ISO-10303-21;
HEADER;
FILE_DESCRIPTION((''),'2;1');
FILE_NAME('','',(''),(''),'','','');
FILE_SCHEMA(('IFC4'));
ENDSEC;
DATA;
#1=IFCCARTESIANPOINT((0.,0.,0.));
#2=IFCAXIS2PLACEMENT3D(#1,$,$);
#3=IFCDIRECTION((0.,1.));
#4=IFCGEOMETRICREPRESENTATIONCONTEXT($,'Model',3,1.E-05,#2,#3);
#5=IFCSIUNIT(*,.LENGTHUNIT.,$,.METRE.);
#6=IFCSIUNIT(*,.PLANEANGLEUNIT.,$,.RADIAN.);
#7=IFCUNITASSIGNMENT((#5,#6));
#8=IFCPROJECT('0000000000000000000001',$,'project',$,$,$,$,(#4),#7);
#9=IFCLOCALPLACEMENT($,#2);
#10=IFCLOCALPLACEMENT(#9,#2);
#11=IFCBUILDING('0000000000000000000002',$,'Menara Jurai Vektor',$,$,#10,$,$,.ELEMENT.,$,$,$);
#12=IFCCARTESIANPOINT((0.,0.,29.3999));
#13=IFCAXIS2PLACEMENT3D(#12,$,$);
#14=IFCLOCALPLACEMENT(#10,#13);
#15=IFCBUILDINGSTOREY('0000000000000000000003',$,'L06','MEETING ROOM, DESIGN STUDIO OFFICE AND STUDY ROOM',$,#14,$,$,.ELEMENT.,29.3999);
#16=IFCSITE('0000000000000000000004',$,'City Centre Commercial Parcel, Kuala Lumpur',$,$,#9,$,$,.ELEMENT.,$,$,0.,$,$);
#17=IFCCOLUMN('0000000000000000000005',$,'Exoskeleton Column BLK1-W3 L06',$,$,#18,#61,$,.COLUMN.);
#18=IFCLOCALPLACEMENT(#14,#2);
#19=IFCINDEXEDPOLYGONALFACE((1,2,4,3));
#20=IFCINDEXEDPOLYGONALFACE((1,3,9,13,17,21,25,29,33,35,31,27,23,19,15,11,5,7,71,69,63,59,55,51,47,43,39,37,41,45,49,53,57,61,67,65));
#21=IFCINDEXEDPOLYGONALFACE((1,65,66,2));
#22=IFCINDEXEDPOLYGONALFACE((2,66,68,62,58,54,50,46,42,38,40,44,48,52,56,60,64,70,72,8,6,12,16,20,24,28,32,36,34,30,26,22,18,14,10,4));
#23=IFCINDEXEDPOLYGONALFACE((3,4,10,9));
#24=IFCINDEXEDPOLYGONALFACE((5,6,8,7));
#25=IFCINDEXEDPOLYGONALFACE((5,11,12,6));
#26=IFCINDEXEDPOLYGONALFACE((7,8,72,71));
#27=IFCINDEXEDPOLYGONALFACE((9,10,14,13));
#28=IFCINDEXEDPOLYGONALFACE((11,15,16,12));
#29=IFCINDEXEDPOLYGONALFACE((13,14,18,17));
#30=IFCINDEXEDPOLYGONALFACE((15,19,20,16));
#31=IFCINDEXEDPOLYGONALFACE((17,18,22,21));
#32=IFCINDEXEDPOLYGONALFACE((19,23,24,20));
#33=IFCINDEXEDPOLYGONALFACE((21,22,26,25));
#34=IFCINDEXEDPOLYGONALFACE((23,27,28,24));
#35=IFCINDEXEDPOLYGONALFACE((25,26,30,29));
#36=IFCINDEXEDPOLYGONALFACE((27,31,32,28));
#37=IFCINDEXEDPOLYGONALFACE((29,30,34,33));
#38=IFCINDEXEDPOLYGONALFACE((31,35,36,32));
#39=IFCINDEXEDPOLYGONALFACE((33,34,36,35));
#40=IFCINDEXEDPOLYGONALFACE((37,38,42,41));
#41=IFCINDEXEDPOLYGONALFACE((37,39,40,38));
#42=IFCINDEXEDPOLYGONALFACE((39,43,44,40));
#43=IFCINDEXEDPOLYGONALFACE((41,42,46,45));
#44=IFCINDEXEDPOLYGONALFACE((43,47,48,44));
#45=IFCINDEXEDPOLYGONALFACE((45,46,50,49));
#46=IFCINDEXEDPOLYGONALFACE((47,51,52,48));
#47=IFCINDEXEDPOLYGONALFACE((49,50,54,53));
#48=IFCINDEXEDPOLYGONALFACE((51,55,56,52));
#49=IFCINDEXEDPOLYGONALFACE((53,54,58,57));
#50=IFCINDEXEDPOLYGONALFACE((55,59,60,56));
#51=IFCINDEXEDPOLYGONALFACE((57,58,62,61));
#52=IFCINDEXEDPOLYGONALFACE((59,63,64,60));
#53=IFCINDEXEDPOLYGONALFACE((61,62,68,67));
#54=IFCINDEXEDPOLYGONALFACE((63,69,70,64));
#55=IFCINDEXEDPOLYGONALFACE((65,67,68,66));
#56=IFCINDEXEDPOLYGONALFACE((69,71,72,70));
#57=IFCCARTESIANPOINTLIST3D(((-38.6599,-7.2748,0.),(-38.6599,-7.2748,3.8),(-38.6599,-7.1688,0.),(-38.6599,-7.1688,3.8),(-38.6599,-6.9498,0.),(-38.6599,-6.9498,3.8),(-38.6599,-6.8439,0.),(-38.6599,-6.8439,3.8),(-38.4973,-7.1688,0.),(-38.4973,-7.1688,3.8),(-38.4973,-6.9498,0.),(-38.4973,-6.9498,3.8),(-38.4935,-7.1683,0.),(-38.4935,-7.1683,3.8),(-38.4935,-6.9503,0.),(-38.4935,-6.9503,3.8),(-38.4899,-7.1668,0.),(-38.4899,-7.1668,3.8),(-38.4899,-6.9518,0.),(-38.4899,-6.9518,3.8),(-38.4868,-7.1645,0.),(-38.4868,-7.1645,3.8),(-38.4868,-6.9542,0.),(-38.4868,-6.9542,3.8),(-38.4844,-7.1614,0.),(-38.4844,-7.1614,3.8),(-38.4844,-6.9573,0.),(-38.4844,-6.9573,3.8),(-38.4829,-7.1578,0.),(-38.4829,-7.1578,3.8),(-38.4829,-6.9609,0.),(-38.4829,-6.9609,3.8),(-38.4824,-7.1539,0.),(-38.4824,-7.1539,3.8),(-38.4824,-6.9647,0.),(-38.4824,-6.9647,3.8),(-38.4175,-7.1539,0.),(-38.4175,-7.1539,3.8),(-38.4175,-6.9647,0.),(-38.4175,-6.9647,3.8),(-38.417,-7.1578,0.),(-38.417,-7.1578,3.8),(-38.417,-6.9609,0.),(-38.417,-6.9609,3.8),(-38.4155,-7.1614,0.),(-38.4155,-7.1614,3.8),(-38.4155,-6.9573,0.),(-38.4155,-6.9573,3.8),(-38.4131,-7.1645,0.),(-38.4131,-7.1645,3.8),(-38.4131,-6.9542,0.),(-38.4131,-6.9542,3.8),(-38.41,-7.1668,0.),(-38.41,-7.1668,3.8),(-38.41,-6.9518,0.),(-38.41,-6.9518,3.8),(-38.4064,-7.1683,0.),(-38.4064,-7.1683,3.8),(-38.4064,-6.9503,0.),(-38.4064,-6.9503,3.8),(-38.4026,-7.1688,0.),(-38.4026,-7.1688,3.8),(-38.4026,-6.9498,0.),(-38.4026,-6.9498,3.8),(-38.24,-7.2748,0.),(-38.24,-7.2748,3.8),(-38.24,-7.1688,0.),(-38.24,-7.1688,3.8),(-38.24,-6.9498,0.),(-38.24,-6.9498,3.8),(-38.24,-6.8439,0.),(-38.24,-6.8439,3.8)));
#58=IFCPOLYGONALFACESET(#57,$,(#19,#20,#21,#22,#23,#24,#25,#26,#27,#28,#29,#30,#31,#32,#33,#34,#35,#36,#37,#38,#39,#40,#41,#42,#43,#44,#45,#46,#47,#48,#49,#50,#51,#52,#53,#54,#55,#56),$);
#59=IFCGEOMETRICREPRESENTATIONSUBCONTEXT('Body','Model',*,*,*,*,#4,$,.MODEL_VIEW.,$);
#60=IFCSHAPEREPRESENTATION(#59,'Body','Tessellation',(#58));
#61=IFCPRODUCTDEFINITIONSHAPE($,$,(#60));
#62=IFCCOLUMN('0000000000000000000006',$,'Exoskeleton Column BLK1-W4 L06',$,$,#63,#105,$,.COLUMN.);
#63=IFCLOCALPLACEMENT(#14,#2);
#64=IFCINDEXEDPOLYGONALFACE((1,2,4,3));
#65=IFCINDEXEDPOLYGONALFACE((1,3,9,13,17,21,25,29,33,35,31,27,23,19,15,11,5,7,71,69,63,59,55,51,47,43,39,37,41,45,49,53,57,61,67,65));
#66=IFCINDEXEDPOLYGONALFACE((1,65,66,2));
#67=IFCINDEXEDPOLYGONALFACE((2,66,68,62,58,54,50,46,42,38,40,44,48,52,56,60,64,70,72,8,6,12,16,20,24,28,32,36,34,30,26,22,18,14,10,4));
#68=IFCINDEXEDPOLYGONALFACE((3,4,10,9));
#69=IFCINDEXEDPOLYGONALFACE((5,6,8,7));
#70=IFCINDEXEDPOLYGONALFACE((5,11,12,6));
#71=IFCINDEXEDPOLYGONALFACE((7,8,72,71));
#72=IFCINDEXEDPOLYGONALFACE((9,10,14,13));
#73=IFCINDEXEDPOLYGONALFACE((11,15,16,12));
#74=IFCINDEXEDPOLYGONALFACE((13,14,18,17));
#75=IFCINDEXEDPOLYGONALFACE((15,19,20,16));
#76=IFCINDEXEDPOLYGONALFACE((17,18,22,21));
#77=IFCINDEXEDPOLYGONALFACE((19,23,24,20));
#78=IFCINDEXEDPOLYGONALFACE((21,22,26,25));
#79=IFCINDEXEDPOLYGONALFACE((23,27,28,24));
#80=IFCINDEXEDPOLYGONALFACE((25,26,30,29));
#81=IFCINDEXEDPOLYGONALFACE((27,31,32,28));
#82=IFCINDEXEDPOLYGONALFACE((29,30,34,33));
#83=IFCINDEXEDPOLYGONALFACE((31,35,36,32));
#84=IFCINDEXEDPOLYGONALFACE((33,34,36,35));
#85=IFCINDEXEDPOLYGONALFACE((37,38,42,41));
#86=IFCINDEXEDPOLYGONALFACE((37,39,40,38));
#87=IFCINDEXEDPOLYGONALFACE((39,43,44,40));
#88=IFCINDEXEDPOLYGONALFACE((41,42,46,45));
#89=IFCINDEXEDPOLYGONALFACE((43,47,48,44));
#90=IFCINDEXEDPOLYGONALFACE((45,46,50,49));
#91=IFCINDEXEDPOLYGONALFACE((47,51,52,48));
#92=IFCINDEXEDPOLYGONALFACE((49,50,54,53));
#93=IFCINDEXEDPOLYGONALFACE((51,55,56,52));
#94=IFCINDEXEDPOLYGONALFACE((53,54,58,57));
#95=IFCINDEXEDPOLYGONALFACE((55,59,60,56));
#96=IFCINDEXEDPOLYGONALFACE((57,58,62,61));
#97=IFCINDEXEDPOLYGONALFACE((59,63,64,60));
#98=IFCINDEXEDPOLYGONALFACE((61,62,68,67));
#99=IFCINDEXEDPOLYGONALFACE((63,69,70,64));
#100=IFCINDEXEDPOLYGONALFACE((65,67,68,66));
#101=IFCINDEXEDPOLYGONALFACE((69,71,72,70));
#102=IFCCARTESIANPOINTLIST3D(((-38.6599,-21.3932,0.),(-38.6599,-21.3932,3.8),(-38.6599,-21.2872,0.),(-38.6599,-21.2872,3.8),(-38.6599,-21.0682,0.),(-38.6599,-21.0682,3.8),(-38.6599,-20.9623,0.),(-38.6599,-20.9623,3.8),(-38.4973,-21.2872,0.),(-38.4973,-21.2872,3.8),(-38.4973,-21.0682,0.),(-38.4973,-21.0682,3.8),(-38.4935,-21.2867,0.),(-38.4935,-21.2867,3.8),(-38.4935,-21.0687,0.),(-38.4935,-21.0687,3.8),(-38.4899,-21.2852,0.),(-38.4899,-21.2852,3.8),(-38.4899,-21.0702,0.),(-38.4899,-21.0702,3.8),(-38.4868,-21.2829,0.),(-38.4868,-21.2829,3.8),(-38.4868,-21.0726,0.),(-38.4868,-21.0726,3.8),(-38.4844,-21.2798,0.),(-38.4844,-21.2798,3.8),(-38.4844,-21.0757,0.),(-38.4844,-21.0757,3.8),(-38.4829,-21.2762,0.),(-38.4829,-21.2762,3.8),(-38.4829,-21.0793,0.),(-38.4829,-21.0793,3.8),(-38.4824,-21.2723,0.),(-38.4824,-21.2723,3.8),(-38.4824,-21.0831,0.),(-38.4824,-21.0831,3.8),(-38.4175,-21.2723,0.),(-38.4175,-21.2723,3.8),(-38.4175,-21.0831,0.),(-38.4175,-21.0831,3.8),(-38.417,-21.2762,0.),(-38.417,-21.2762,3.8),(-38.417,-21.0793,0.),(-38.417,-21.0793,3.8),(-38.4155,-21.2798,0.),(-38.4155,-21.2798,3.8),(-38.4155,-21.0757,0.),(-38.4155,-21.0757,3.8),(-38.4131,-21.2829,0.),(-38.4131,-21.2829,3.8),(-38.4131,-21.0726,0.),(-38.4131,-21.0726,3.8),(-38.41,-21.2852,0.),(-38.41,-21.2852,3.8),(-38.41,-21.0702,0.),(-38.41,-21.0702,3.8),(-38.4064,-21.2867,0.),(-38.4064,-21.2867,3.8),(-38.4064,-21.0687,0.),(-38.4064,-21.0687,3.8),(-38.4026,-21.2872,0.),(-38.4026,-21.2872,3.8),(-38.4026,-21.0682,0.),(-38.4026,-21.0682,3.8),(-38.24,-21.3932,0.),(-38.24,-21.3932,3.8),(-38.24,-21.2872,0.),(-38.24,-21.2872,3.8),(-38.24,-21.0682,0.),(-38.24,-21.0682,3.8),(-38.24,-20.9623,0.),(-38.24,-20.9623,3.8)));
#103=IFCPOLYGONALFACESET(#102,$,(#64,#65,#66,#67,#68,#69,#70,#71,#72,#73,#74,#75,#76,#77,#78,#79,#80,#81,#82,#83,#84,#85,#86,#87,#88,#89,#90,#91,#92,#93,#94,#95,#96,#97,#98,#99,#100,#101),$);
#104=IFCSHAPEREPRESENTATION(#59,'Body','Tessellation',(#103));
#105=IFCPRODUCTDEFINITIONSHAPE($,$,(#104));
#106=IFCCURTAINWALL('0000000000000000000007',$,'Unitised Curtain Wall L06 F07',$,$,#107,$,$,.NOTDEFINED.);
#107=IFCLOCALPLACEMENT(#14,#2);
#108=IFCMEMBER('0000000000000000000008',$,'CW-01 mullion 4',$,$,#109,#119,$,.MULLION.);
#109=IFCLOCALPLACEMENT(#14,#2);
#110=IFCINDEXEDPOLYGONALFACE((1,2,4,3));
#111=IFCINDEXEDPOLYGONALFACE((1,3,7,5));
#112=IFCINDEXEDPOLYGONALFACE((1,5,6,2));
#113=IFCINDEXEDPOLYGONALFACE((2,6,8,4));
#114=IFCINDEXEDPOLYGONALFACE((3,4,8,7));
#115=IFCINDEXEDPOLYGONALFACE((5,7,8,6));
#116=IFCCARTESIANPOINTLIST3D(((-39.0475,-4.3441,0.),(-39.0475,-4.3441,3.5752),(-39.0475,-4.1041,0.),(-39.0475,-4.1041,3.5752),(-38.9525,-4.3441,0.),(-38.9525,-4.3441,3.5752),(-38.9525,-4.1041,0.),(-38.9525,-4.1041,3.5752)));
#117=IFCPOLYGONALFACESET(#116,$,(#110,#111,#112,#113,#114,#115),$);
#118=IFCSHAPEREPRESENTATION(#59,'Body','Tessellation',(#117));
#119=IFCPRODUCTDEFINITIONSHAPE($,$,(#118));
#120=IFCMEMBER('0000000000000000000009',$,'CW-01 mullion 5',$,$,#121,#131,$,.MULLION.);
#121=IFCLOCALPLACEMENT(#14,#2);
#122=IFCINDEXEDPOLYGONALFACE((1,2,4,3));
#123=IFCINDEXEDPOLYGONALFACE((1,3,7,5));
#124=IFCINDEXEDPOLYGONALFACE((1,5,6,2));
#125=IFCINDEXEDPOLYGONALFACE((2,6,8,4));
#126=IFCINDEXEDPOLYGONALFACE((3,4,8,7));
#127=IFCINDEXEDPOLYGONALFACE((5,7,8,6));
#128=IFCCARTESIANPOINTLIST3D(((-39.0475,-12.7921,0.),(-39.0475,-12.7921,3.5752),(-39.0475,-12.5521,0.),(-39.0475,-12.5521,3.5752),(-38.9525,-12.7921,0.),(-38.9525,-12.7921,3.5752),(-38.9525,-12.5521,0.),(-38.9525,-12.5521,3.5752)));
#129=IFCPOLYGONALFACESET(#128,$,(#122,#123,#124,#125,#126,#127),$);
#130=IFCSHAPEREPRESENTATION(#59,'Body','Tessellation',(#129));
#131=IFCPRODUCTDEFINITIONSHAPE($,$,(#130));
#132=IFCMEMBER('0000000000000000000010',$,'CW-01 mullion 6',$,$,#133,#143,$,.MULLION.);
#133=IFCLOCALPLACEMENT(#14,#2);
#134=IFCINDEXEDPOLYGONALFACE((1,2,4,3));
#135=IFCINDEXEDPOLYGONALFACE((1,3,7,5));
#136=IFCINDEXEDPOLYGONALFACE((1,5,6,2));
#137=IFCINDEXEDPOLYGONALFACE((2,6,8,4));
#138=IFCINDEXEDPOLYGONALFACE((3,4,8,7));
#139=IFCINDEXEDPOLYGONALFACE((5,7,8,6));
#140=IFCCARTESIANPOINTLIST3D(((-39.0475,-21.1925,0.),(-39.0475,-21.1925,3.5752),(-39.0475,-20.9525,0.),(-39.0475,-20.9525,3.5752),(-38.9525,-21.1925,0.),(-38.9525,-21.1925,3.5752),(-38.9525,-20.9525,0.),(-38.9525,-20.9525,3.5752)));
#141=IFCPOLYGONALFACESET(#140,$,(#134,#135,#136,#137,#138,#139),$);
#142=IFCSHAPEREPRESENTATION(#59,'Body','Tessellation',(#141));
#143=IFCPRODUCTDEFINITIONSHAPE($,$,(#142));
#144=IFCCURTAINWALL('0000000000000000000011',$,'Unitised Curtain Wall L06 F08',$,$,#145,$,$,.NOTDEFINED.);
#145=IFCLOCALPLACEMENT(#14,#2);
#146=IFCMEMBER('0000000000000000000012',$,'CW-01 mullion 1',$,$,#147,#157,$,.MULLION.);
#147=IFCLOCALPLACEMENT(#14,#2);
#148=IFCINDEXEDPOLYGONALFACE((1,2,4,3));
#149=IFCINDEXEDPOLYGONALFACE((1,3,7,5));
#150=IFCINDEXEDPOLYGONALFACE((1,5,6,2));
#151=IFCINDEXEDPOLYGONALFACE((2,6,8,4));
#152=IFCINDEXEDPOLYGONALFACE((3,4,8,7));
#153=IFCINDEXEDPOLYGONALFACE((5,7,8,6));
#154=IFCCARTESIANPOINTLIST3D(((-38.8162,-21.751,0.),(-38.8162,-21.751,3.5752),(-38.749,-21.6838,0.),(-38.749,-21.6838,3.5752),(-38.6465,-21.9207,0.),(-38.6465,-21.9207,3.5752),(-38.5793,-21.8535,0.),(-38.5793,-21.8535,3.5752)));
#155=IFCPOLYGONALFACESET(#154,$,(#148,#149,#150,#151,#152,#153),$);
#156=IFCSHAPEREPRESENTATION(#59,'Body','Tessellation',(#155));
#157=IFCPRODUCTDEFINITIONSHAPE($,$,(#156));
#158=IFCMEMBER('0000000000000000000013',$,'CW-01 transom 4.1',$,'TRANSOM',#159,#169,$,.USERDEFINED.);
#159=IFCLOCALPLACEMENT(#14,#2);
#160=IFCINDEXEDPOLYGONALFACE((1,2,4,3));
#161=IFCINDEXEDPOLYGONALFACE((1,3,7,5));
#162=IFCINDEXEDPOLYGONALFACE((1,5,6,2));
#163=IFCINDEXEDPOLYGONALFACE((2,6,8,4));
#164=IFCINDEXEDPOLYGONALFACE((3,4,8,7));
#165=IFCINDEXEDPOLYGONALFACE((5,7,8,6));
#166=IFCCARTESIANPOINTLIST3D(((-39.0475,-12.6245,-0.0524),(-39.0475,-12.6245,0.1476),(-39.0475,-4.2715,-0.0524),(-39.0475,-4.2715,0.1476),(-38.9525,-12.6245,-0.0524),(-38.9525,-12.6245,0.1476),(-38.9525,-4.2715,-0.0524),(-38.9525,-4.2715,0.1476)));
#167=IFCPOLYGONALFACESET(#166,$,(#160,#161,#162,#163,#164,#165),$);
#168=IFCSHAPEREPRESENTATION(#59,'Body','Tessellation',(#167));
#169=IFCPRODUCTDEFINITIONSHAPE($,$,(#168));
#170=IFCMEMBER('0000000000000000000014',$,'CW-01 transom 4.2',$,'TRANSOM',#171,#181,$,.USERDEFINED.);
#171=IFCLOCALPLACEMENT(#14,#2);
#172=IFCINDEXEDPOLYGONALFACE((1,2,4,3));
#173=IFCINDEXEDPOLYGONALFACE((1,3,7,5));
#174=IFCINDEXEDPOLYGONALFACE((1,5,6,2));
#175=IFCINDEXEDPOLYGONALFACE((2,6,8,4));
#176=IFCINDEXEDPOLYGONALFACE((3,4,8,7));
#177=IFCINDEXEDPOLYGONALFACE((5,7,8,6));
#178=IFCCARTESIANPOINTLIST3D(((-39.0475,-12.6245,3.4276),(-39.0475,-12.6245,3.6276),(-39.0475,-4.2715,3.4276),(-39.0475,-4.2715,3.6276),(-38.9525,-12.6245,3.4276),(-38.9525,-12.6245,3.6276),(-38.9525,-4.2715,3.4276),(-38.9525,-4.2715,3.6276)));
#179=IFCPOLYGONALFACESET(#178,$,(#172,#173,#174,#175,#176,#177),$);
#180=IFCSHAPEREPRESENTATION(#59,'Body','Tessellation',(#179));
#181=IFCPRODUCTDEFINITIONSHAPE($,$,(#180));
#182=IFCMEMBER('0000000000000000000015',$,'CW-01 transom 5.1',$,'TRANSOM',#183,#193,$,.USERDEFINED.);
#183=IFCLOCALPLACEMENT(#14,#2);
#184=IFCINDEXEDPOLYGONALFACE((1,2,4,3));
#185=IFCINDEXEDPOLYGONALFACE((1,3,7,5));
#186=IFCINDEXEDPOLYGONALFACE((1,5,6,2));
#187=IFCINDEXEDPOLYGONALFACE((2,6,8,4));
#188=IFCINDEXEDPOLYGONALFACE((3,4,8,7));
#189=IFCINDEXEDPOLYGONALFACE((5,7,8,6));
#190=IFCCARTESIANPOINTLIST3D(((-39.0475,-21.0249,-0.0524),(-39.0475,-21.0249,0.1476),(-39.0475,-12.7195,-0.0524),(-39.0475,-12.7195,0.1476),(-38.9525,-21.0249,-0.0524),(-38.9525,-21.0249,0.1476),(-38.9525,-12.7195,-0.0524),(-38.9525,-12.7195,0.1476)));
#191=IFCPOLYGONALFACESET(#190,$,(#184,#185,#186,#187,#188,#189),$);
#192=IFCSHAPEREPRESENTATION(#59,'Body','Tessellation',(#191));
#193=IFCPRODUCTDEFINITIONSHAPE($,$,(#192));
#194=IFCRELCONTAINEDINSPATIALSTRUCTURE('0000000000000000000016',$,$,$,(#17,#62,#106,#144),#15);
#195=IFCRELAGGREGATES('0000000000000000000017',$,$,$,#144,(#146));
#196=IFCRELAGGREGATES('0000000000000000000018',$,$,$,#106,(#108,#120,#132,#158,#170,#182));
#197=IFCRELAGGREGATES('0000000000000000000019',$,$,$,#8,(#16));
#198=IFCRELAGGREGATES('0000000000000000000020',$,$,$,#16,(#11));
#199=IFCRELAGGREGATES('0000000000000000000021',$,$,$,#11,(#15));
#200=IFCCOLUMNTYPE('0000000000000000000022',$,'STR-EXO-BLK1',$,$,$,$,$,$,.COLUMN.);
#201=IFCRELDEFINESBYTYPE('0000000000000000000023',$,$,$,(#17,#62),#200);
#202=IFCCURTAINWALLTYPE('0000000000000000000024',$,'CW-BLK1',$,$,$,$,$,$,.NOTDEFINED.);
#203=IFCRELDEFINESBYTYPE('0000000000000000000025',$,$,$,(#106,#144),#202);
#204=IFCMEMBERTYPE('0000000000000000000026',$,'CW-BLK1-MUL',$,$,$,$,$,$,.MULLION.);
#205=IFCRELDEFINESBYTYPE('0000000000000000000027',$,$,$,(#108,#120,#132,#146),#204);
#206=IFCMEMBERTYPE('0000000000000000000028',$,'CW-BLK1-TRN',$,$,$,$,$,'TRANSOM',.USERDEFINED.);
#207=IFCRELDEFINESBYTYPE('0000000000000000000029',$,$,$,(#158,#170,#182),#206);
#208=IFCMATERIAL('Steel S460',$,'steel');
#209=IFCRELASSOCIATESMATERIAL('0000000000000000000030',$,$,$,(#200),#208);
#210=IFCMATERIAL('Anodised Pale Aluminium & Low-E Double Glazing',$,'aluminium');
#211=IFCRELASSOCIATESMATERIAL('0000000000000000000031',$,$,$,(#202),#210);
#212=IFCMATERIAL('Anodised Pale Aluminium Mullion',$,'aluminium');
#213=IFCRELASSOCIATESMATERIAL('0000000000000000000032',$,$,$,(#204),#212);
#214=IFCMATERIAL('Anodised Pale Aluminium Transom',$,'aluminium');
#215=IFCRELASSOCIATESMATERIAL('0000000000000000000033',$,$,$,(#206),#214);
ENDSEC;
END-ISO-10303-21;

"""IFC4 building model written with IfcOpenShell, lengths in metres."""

from ifc_helpers import new_model, si_unit, direction, frame, origin, origin_2d, place, context, subcontext, project, spatial, rectangle, i_section, extrude, material, material_profile, profile_set, type_object, element, aggregate, save


model = new_model("IFC4")

# Units and contexts
model_context = context("Model", 3, precision=1e-05, world=origin(), true_north=direction((0.0, 1.0)))
body_context = subcontext(model_context, "Body", "Model", "MODEL_VIEW")
ifc_project = project(units=[si_unit("LENGTHUNIT", "METRE"), si_unit("PLANEANGLEUNIT", "RADIAN")], contexts=[model_context])

# Site, building, storey
site_placement = place(None, origin())
site = spatial("IfcSite", under=ifc_project, at=site_placement, Name="City Centre Commercial Parcel, Kuala Lumpur", CompositionType="ELEMENT", RefElevation=0.0)
building_placement = place(site_placement, origin())
building = spatial("IfcBuilding", under=site, at=building_placement, Name="Menara Jurai Vektor", CompositionType="ELEMENT")
storey_placement = place(building_placement, frame((0.0, 0.0, 29.3999)))
storey = spatial("IfcBuildingStorey", under=building, at=storey_placement, Name="L06", Description="MEETING ROOM, DESIGN STUDIO OFFICE AND STUDY ROOM", CompositionType="ELEMENT", Elevation=29.3999)

# Columns
ifc_material_1 = material(Name="Steel S460", Category="steel")
ifc_material_profile_1 = material_profile(ifc_material_1, i_section(OverallWidth=0.4199, OverallDepth=0.4309, WebThickness=0.0649, FlangeThickness=0.106, FilletRadius=0.0149, at=origin_2d()), Name="HD 400x900")
ifc_profile_set_1 = profile_set([ifc_material_profile_1], Name="Steel S460")
column_type = type_object("IfcColumnType", Name="STR-EXO-BLK1", PredefinedType="COLUMN", material=ifc_profile_set_1)
for number, where, z_axis, x_axis, name in (
    (1, (-38.45, -7.0593, 0.0), (0.0, 0.0, 1.0), (1.0, 0.0, 0.0), "Exoskeleton Column BLK1-W3 L06"),
    (2, (-38.45, -21.1777, 0.0), (0.0, 0.0, 1.0), (1.0, 0.0, 0.0), "Exoskeleton Column BLK1-W4 L06"),
):
    element("IfcColumn", number, at=place(storey_placement, frame(where, z_axis=z_axis, x_axis=x_axis)), inside=storey, type_object=column_type, Name=name, PredefinedType="COLUMN", context=body_context, shape_type="SweptSolid", body=[
        extrude(i_section(OverallWidth=0.4199, OverallDepth=0.4309, WebThickness=0.0649, FlangeThickness=0.106, FilletRadius=0.0149, at=origin_2d()), origin(), (0.0, 0.0, 1.0), 3.8),
    ])

# Curtain wall, members
ifc_material_2 = material(Name="Anodised Pale Aluminium & Low-E Double Glazing", Category="aluminium")
curtain_wall_type = type_object("IfcCurtainWallType", Name="CW-BLK1", PredefinedType="NOTDEFINED", material=ifc_material_2)
curtain_wall_1_placement = place(storey_placement, origin())
curtain_wall_1 = element("IfcCurtainWall", 3, at=curtain_wall_1_placement, inside=storey, type_object=curtain_wall_type, Name="Unitised Curtain Wall L06 F07", PredefinedType="NOTDEFINED")
ifc_material_3 = material(Name="Anodised Pale Aluminium Mullion", Category="aluminium")
ifc_material_profile_2 = material_profile(ifc_material_3, rectangle(XDim=0.095, YDim=0.24, at=origin_2d()), Name="ALU MUL 95x240")
ifc_profile_set_2 = profile_set([ifc_material_profile_2], Name="Anodised Pale Aluminium Mullion")
member_type_1 = type_object("IfcMemberType", Name="CW-BLK1-MUL", PredefinedType="MULLION", material=ifc_profile_set_2)
member_1_placement = place(storey_placement, frame((-39.0, -4.2241, 0.0), z_axis=(0.0, 0.0, 1.0), x_axis=(1.0, 0.0, 0.0)))
member_1 = element("IfcMember", 4, at=member_1_placement, type_object=member_type_1, Name="CW-01 mullion 4", PredefinedType="MULLION", context=body_context, shape_type="SweptSolid", body=[
    extrude(rectangle(XDim=0.095, YDim=0.24, at=origin_2d()), origin(), (0.0, 0.0, 1.0), 3.5752),
])
member_2_placement = place(storey_placement, frame((-39.0, -12.6721, 0.0), z_axis=(0.0, 0.0, 1.0), x_axis=(1.0, 0.0, 0.0)))
member_2 = element("IfcMember", 5, at=member_2_placement, type_object=member_type_1, Name="CW-01 mullion 5", PredefinedType="MULLION", context=body_context, shape_type="SweptSolid", body=[
    extrude(rectangle(XDim=0.095, YDim=0.24, at=origin_2d()), origin(), (0.0, 0.0, 1.0), 3.5752),
])
member_3_placement = place(storey_placement, frame((-39.0, -21.0725, 0.0), z_axis=(0.0, 0.0, 1.0), x_axis=(1.0, 0.0, 0.0)))
member_3 = element("IfcMember", 6, at=member_3_placement, type_object=member_type_1, Name="CW-01 mullion 6", PredefinedType="MULLION", context=body_context, shape_type="SweptSolid", body=[
    extrude(rectangle(XDim=0.095, YDim=0.24, at=origin_2d()), origin(), (0.0, 0.0, 1.0), 3.5752),
])

# Curtain wall, member
curtain_wall_2_placement = place(storey_placement, origin())
curtain_wall_2 = element("IfcCurtainWall", 7, at=curtain_wall_2_placement, inside=storey, type_object=curtain_wall_type, Name="Unitised Curtain Wall L06 F08", PredefinedType="NOTDEFINED")
member_4_placement = place(storey_placement, frame((-38.6978, -21.8022, 0.0), z_axis=(0.0, 0.0, 1.0), x_axis=(0.707107, 0.707107, 0.0)))
member_4 = element("IfcMember", 8, at=member_4_placement, type_object=member_type_1, Name="CW-01 mullion 1", PredefinedType="MULLION", context=body_context, shape_type="SweptSolid", body=[
    extrude(rectangle(XDim=0.095, YDim=0.24, at=origin_2d()), origin(), (0.0, 0.0, 1.0), 3.5752),
])
aggregate(curtain_wall_2, [member_4])

# Members
ifc_material_4 = material(Name="Anodised Pale Aluminium Transom", Category="aluminium")
ifc_material_profile_3 = material_profile(ifc_material_4, rectangle(XDim=0.095, YDim=0.2, at=origin_2d()), Name="ALU TRN 95x200")
ifc_profile_set_3 = profile_set([ifc_material_profile_3], Name="Anodised Pale Aluminium Transom")
member_type_2 = type_object("IfcMemberType", Name="CW-BLK1-TRN", ElementType="TRANSOM", PredefinedType="USERDEFINED", material=ifc_profile_set_3)
member_5_placement = place(storey_placement, frame((-39.0, -4.2715, 0.0476), z_axis=(0.0, -1.0, 0.0), x_axis=(1.0, 0.0, 0.0)))
member_5 = element("IfcMember", 9, at=member_5_placement, type_object=member_type_2, Name="CW-01 transom 4.1", ObjectType="TRANSOM", PredefinedType="USERDEFINED", context=body_context, shape_type="SweptSolid", body=[
    extrude(rectangle(XDim=0.095, YDim=0.2, at=origin_2d()), origin(), (0.0, 0.0, 1.0), 8.353),
])
member_6_placement = place(storey_placement, frame((-39.0, -4.2715, 3.5276), z_axis=(0.0, -1.0, 0.0), x_axis=(1.0, 0.0, 0.0)))
member_6 = element("IfcMember", 10, at=member_6_placement, type_object=member_type_2, Name="CW-01 transom 4.2", ObjectType="TRANSOM", PredefinedType="USERDEFINED", context=body_context, shape_type="SweptSolid", body=[
    extrude(rectangle(XDim=0.095, YDim=0.2, at=origin_2d()), origin(), (0.0, 0.0, 1.0), 8.353),
])
member_7_placement = place(storey_placement, frame((-39.0, -12.7195, 0.0476), z_axis=(0.0, -1.0, 0.0), x_axis=(1.0, 0.0, 0.0)))
member_7 = element("IfcMember", 11, at=member_7_placement, type_object=member_type_2, Name="CW-01 transom 5.1", ObjectType="TRANSOM", PredefinedType="USERDEFINED", context=body_context, shape_type="SweptSolid", body=[
    extrude(rectangle(XDim=0.095, YDim=0.2, at=origin_2d()), origin(), (0.0, 0.0, 1.0), 8.3054),
])

aggregate(curtain_wall_1, [member_1, member_2, member_3, member_5, member_6, member_7])

save(model, "model.ifc")
